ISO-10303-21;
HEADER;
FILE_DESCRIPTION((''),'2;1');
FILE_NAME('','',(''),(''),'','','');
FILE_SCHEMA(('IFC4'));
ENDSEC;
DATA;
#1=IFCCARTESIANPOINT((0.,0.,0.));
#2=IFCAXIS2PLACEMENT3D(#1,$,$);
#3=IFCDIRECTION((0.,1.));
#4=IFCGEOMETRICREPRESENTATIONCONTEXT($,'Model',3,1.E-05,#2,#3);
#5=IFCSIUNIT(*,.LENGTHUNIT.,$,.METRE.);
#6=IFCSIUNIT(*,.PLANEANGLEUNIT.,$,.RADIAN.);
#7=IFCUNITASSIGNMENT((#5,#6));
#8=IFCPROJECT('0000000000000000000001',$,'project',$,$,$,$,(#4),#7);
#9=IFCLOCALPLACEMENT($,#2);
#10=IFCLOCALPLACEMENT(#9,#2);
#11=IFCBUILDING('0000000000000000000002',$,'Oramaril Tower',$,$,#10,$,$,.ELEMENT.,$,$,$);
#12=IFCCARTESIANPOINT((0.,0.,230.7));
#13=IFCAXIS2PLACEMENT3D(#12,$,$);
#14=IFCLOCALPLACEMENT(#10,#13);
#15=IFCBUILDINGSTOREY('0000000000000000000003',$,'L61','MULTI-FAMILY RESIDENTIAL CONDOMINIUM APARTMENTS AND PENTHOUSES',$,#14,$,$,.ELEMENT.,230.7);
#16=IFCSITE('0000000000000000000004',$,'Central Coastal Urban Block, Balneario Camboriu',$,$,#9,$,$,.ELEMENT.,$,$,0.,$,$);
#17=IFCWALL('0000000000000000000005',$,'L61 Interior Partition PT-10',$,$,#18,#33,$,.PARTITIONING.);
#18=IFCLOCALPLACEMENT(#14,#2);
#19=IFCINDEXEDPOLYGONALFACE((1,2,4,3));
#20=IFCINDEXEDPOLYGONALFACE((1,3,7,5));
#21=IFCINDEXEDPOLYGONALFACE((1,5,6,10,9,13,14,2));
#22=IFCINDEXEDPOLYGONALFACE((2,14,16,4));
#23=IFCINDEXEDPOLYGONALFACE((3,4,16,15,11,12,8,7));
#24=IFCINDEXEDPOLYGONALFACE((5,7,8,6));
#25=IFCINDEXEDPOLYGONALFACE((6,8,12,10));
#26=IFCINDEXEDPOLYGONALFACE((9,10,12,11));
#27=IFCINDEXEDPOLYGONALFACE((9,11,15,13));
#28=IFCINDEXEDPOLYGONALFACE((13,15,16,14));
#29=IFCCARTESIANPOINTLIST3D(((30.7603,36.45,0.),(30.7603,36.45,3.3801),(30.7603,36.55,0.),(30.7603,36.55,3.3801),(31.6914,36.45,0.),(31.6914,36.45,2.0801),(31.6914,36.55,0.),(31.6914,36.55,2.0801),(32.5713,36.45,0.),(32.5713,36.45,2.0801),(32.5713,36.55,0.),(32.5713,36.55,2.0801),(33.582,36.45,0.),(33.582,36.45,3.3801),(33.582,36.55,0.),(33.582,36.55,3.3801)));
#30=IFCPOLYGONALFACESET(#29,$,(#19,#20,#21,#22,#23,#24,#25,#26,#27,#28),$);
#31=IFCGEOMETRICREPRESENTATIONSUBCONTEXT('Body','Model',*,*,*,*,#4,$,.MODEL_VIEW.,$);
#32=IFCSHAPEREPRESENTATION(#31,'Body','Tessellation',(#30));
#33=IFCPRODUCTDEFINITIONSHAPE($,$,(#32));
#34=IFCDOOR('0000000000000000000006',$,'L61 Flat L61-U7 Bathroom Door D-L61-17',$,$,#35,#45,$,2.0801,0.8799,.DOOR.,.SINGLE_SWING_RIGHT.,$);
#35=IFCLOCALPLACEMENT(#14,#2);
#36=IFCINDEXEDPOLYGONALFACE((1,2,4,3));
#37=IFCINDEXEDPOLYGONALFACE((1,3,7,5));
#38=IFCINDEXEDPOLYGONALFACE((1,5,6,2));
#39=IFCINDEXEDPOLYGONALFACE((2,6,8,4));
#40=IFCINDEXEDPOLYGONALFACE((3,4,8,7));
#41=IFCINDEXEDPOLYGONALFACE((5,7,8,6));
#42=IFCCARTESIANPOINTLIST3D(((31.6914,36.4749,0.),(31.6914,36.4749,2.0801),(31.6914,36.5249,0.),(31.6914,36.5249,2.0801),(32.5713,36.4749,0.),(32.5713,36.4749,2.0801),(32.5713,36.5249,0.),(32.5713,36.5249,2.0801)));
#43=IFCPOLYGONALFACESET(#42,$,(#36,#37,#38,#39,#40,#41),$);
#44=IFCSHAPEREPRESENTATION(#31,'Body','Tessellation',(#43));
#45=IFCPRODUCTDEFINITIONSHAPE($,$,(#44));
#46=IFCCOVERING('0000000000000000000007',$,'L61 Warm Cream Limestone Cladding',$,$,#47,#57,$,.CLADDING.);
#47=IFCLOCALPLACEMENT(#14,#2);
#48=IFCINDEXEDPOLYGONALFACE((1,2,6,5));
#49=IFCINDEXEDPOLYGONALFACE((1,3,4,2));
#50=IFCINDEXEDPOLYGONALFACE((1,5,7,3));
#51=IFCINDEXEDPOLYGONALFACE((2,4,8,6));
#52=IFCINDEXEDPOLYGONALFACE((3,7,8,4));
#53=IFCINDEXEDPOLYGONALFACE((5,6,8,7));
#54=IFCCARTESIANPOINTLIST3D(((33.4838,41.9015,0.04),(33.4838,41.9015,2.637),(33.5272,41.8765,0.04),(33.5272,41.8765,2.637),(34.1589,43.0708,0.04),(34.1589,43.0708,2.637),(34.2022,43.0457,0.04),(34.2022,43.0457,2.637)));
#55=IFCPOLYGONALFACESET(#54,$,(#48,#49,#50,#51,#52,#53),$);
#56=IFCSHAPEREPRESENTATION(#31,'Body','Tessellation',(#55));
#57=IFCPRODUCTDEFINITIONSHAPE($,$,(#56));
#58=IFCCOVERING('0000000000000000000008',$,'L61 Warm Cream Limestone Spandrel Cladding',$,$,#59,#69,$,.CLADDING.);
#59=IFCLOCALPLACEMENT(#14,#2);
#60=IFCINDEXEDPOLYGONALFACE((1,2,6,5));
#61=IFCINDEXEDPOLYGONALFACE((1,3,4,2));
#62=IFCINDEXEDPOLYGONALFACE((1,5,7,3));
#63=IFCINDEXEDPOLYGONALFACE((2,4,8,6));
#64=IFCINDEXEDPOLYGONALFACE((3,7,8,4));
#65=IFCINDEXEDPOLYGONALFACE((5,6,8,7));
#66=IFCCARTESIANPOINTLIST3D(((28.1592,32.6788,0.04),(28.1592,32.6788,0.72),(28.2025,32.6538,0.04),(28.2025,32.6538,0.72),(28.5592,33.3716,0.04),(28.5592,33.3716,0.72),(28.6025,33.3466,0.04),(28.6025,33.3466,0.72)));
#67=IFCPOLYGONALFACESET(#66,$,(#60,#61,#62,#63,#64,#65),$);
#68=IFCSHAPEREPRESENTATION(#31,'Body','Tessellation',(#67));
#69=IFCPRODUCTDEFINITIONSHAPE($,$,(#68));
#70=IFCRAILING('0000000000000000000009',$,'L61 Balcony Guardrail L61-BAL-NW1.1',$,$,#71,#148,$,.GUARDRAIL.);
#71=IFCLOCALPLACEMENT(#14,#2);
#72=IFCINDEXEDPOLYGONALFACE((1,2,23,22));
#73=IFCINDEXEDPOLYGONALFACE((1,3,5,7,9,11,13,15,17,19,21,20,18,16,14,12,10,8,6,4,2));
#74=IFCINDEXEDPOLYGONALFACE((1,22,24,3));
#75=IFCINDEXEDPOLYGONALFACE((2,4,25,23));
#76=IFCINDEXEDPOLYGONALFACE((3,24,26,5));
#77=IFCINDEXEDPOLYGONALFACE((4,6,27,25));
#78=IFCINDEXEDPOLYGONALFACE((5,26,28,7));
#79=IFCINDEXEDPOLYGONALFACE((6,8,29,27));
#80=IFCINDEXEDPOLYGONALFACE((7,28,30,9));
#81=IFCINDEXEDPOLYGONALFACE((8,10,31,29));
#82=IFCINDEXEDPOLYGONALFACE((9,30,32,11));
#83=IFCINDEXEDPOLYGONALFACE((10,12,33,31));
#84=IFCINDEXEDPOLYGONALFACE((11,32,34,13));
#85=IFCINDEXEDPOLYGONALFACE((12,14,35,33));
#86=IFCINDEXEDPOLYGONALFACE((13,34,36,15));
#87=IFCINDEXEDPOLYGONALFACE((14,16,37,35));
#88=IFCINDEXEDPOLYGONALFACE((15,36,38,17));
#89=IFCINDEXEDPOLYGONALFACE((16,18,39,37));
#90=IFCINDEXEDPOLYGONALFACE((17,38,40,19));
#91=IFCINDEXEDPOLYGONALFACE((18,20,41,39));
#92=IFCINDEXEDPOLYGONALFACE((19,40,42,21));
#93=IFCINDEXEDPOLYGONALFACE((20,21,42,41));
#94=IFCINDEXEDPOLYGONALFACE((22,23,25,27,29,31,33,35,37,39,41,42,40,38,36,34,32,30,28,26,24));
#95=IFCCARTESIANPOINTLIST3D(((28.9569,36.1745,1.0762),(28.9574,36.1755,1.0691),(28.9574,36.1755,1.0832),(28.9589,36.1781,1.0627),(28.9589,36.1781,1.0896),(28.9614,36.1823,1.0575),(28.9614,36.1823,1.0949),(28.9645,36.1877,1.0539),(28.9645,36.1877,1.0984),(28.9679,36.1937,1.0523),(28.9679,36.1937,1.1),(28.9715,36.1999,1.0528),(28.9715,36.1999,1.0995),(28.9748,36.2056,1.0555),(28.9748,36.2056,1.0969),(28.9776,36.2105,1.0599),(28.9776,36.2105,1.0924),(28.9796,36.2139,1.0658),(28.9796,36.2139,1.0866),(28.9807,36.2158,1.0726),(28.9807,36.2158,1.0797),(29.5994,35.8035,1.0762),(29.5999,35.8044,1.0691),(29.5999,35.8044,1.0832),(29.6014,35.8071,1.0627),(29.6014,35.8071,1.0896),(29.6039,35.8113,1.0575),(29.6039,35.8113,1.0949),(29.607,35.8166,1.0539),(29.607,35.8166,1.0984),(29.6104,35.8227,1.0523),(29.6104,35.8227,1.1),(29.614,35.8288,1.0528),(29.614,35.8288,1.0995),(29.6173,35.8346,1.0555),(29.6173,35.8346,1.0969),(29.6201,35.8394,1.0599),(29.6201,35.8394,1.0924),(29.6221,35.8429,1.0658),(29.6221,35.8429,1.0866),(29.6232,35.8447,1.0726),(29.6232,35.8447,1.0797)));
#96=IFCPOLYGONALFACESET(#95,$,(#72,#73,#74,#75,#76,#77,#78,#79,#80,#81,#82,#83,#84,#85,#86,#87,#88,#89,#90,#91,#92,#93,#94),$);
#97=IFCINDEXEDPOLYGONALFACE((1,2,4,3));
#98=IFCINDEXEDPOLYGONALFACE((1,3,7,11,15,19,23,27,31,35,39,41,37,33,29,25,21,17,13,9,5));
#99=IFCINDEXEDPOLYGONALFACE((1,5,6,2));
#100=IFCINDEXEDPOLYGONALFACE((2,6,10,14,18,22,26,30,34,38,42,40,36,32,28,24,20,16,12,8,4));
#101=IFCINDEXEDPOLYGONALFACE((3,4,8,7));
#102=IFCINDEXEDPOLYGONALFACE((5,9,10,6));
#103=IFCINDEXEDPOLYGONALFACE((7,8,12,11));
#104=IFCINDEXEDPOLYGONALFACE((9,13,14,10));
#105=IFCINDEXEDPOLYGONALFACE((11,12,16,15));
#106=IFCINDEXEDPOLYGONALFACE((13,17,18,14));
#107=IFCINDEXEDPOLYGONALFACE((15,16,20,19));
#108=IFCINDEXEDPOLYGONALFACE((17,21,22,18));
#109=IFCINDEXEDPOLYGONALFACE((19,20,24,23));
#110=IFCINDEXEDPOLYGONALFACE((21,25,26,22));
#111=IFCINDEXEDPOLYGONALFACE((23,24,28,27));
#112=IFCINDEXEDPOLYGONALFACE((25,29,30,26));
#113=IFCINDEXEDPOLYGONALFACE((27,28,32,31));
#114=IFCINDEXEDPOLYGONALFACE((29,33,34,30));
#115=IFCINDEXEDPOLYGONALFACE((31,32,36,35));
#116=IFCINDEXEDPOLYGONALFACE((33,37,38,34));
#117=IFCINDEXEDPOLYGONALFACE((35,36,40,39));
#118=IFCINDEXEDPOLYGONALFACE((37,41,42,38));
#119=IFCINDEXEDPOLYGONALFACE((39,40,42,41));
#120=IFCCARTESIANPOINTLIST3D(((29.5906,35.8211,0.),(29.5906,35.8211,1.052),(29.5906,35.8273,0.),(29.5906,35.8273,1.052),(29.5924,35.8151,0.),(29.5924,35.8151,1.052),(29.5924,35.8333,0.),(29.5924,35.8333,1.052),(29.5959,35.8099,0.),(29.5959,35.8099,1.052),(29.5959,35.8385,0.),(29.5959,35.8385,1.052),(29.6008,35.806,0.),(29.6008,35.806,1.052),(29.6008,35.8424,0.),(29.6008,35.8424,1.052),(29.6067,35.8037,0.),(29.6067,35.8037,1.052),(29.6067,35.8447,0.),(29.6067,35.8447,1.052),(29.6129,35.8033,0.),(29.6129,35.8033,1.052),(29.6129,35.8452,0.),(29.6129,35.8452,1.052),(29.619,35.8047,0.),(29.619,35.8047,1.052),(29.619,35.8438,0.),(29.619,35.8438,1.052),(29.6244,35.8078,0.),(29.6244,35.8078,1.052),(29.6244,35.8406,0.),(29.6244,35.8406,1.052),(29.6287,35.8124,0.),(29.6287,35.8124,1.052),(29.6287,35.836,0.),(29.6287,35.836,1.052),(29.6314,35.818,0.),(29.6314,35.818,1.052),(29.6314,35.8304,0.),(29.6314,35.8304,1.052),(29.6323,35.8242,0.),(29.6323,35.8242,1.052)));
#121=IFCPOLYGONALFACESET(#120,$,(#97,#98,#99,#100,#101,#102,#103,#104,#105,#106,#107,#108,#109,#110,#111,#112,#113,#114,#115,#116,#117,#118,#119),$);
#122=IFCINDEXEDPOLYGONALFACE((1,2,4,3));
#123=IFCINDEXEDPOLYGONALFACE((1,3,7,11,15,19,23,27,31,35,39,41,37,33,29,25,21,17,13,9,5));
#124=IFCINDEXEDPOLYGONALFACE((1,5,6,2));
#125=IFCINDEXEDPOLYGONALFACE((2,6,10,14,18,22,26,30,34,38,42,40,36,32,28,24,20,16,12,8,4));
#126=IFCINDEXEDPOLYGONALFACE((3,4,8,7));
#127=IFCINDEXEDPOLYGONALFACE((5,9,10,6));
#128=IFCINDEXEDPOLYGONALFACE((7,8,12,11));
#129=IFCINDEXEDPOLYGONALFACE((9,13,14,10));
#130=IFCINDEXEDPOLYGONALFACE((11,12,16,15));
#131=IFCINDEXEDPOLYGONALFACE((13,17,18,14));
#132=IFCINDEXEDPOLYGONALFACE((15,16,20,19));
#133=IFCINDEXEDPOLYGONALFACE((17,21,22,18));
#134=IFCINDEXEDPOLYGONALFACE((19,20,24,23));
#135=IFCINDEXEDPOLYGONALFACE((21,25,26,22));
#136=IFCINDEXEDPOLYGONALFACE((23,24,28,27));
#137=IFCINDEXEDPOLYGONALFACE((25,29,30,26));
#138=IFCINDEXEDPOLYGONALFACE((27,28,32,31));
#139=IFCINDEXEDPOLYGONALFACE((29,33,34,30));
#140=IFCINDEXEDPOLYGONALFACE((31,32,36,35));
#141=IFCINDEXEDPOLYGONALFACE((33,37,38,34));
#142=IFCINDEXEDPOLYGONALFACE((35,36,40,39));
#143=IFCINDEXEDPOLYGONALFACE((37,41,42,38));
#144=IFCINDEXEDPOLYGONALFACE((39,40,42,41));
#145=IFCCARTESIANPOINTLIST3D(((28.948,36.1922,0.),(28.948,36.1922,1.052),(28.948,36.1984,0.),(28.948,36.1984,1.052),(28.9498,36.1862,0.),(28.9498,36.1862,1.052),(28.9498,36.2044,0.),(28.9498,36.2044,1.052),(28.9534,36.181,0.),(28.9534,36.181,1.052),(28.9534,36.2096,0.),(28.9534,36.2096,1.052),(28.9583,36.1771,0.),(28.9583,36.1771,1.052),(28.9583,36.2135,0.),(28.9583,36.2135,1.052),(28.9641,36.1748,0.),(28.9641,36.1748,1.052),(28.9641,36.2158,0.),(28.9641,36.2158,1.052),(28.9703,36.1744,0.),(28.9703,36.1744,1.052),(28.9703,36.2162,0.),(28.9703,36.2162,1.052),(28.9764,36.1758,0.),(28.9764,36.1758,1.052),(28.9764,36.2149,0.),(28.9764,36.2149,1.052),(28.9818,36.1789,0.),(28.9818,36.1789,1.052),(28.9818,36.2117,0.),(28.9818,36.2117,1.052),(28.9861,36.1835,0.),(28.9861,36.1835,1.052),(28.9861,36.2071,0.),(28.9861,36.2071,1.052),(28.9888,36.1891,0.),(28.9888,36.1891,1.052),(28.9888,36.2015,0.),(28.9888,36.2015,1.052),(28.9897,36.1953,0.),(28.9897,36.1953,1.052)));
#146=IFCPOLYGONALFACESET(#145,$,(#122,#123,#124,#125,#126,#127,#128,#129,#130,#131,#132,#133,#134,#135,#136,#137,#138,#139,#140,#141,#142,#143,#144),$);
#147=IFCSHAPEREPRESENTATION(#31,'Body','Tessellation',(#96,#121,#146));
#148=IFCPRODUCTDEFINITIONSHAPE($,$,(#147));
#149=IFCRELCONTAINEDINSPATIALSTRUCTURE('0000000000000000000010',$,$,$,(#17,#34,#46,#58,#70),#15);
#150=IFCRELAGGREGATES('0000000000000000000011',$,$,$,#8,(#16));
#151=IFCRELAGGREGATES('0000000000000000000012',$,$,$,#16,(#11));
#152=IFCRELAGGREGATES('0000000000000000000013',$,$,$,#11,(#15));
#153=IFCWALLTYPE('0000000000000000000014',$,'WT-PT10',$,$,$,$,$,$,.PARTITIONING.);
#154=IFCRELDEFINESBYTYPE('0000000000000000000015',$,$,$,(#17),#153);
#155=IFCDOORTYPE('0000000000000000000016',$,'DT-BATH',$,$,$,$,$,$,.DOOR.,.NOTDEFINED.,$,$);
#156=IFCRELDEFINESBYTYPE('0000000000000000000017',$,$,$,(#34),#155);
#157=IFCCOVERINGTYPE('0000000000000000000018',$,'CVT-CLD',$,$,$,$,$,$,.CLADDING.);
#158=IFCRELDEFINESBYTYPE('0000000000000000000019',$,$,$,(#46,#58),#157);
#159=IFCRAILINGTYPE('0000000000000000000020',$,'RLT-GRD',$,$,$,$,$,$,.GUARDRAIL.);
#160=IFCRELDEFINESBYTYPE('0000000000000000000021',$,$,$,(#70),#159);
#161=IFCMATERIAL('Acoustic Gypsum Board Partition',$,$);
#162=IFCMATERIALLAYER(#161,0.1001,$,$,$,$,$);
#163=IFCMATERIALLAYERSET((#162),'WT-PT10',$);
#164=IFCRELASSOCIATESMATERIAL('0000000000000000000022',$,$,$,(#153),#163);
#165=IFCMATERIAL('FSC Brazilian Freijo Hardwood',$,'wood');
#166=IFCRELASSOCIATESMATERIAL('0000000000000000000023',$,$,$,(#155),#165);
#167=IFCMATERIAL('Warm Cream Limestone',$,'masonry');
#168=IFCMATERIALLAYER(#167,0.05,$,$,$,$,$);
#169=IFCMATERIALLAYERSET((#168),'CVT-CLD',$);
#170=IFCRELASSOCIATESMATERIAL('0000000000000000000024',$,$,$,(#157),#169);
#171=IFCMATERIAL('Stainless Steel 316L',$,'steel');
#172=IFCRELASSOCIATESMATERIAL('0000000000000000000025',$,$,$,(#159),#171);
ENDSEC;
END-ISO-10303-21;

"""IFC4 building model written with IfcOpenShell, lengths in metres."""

from ifc_helpers import new_model, si_unit, direction, frame, frame_2d, origin, origin_2d, place, context, subcontext, project, spatial, rectangle, circle, extrude, material, layer, layer_set, type_object, element, fill, save


model = new_model("IFC4")

# Units and contexts
model_context = context("Model", 3, precision=1e-05, world=origin(), true_north=direction((0.0, 1.0)))
body_context = subcontext(model_context, "Body", "Model", "MODEL_VIEW")
ifc_project = project(units=[si_unit("LENGTHUNIT", "METRE"), si_unit("PLANEANGLEUNIT", "RADIAN")], contexts=[model_context])

# Site, building, storey
site_placement = place(None, origin())
site = spatial("IfcSite", under=ifc_project, at=site_placement, Name="Central Coastal Urban Block, Balneario Camboriu", CompositionType="ELEMENT", RefElevation=0.0)
building_placement = place(site_placement, origin())
building = spatial("IfcBuilding", under=site, at=building_placement, Name="Oramaril Tower", CompositionType="ELEMENT")
storey_placement = place(building_placement, frame((0.0, 0.0, 230.7)))
storey = spatial("IfcBuildingStorey", under=building, at=storey_placement, Name="L61", Description="MULTI-FAMILY RESIDENTIAL CONDOMINIUM APARTMENTS AND PENTHOUSES", CompositionType="ELEMENT", Elevation=230.7)

# Wall, opening, door
ifc_material_1 = material(Name="Acoustic Gypsum Board Partition")
ifc_layer_1 = layer(ifc_material_1, 0.1001)
ifc_layer_set_1 = layer_set([ifc_layer_1], Name="WT-PT10")
wall_type_1 = type_object("IfcWallType", Name="WT-PT10", PredefinedType="PARTITIONING", material=ifc_layer_set_1)
wall_1_placement = place(storey_placement, frame((30.7603, 36.5, 0.0), z_axis=(0.0, 0.0, 1.0), x_axis=(1.0, 0.0, 0.0)))
wall_1 = element("IfcWall", 1, at=wall_1_placement, inside=storey, type_object=wall_type_1, Name="L61 Interior Partition PT-10", PredefinedType="PARTITIONING", context=body_context, shape_type="SweptSolid", body=[
    extrude(rectangle(XDim=2.8218, YDim=0.1001, at=frame_2d((1.4109, 0.0))), origin(), (0.0, 0.0, 1.0), 3.3801),
])
opening_placement = place(wall_1_placement, frame((0.9312, 0.0, 0.0)))
opening = element("IfcOpeningElement", 2, at=opening_placement, cuts=wall_1, PredefinedType="OPENING", context=body_context, shape_type="SweptSolid", body=[
    extrude(rectangle(XDim=0.8799, YDim=2.0801, at=frame_2d((0.4399, 1.04))), frame((0.0, 0.05, 0.0), z_axis=(0.0, -1.0, 0.0), x_axis=(1.0, 0.0, 0.0)), (0.0, 0.0, 1.0), 0.1001),
])
ifc_material_2 = material(Name="FSC Brazilian Freijo Hardwood", Category="wood")
door_type = type_object("IfcDoorType", Name="DT-BATH", OperationType="NOTDEFINED", PredefinedType="DOOR", material=ifc_material_2)
door_placement = place(opening_placement, origin())
door = element("IfcDoor", 3, at=door_placement, inside=storey, type_object=door_type, Name="L61 Flat L61-U7 Bathroom Door D-L61-17", OperationType="SINGLE_SWING_RIGHT", OverallHeight=2.0801, OverallWidth=0.8799, PredefinedType="DOOR", context=body_context, shape_type="SweptSolid", body=[
    extrude(rectangle(XDim=0.8799, YDim=2.0801, at=frame_2d((0.4399, 1.04))), frame((0.0, 0.0249, 0.0), z_axis=(0.0, -1.0, 0.0), x_axis=(1.0, 0.0, 0.0)), (0.0, 0.0, 1.0), 0.05),
])
fill(opening, door)

# Coverings
ifc_material_3 = material(Name="Warm Cream Limestone", Category="masonry")
ifc_layer_2 = layer(ifc_material_3, 0.05)
ifc_layer_set_2 = layer_set([ifc_layer_2], Name="CVT-CLD")
covering_type = type_object("IfcCoveringType", Name="CVT-CLD", PredefinedType="CLADDING", material=ifc_layer_set_2)
covering_1_placement = place(storey_placement, frame((33.843, 42.4736, 0.04), z_axis=(0.0, 0.0, 1.0), x_axis=(-0.500002, -0.866025, 0.0)))
element("IfcCovering", 4, at=covering_1_placement, inside=storey, type_object=covering_type, Name="L61 Warm Cream Limestone Cladding", PredefinedType="CLADDING", context=body_context, shape_type="SweptSolid", body=[
    extrude(rectangle(XDim=1.3501, YDim=0.05, at=origin_2d()), origin(), (0.0, 0.0, 1.0), 2.5969),
])
covering_2_placement = place(storey_placement, frame((28.3809, 33.0127, 0.04), z_axis=(0.0, 0.0, 1.0), x_axis=(-0.500002, -0.866025, 0.0)))
element("IfcCovering", 5, at=covering_2_placement, inside=storey, type_object=covering_type, Name="L61 Warm Cream Limestone Spandrel Cladding", PredefinedType="CLADDING", context=body_context, shape_type="SweptSolid", body=[
    extrude(rectangle(XDim=0.8, YDim=0.05, at=origin_2d()), origin(), (0.0, 0.0, 1.0), 0.6799),
])

# Railing
ifc_material_4 = material(Name="Stainless Steel 316L", Category="steel")
railing_type = type_object("IfcRailingType", Name="RLT-GRD", PredefinedType="GUARDRAIL", material=ifc_material_4)
railing_1_placement = place(storey_placement, frame((29.6113, 35.8242, 0.0)))
element("IfcRailing", 6, at=railing_1_placement, inside=storey, type_object=railing_type, Name="L61 Balcony Guardrail L61-BAL-NW1.1", PredefinedType="GUARDRAIL", context=body_context, shape_type="SweptSolid", body=[
    extrude(circle(Radius=0.0239, at=origin_2d()), frame((0.0, 0.0, 1.0762), z_axis=(-0.865966, 0.500102, 0.0), x_axis=(-0.500102, -0.865966, 0.0)), (0.0, 0.0, 1.0), 0.7419),
    extrude(circle(Radius=0.021, at=origin_2d()), origin(), (0.0, 0.0, 1.0), 1.052),
    extrude(circle(Radius=0.021, at=origin_2d()), frame((-0.6426, 0.3711, 0.0)), (0.0, 0.0, 1.0), 1.052),
])

save(model, "model.ifc")
